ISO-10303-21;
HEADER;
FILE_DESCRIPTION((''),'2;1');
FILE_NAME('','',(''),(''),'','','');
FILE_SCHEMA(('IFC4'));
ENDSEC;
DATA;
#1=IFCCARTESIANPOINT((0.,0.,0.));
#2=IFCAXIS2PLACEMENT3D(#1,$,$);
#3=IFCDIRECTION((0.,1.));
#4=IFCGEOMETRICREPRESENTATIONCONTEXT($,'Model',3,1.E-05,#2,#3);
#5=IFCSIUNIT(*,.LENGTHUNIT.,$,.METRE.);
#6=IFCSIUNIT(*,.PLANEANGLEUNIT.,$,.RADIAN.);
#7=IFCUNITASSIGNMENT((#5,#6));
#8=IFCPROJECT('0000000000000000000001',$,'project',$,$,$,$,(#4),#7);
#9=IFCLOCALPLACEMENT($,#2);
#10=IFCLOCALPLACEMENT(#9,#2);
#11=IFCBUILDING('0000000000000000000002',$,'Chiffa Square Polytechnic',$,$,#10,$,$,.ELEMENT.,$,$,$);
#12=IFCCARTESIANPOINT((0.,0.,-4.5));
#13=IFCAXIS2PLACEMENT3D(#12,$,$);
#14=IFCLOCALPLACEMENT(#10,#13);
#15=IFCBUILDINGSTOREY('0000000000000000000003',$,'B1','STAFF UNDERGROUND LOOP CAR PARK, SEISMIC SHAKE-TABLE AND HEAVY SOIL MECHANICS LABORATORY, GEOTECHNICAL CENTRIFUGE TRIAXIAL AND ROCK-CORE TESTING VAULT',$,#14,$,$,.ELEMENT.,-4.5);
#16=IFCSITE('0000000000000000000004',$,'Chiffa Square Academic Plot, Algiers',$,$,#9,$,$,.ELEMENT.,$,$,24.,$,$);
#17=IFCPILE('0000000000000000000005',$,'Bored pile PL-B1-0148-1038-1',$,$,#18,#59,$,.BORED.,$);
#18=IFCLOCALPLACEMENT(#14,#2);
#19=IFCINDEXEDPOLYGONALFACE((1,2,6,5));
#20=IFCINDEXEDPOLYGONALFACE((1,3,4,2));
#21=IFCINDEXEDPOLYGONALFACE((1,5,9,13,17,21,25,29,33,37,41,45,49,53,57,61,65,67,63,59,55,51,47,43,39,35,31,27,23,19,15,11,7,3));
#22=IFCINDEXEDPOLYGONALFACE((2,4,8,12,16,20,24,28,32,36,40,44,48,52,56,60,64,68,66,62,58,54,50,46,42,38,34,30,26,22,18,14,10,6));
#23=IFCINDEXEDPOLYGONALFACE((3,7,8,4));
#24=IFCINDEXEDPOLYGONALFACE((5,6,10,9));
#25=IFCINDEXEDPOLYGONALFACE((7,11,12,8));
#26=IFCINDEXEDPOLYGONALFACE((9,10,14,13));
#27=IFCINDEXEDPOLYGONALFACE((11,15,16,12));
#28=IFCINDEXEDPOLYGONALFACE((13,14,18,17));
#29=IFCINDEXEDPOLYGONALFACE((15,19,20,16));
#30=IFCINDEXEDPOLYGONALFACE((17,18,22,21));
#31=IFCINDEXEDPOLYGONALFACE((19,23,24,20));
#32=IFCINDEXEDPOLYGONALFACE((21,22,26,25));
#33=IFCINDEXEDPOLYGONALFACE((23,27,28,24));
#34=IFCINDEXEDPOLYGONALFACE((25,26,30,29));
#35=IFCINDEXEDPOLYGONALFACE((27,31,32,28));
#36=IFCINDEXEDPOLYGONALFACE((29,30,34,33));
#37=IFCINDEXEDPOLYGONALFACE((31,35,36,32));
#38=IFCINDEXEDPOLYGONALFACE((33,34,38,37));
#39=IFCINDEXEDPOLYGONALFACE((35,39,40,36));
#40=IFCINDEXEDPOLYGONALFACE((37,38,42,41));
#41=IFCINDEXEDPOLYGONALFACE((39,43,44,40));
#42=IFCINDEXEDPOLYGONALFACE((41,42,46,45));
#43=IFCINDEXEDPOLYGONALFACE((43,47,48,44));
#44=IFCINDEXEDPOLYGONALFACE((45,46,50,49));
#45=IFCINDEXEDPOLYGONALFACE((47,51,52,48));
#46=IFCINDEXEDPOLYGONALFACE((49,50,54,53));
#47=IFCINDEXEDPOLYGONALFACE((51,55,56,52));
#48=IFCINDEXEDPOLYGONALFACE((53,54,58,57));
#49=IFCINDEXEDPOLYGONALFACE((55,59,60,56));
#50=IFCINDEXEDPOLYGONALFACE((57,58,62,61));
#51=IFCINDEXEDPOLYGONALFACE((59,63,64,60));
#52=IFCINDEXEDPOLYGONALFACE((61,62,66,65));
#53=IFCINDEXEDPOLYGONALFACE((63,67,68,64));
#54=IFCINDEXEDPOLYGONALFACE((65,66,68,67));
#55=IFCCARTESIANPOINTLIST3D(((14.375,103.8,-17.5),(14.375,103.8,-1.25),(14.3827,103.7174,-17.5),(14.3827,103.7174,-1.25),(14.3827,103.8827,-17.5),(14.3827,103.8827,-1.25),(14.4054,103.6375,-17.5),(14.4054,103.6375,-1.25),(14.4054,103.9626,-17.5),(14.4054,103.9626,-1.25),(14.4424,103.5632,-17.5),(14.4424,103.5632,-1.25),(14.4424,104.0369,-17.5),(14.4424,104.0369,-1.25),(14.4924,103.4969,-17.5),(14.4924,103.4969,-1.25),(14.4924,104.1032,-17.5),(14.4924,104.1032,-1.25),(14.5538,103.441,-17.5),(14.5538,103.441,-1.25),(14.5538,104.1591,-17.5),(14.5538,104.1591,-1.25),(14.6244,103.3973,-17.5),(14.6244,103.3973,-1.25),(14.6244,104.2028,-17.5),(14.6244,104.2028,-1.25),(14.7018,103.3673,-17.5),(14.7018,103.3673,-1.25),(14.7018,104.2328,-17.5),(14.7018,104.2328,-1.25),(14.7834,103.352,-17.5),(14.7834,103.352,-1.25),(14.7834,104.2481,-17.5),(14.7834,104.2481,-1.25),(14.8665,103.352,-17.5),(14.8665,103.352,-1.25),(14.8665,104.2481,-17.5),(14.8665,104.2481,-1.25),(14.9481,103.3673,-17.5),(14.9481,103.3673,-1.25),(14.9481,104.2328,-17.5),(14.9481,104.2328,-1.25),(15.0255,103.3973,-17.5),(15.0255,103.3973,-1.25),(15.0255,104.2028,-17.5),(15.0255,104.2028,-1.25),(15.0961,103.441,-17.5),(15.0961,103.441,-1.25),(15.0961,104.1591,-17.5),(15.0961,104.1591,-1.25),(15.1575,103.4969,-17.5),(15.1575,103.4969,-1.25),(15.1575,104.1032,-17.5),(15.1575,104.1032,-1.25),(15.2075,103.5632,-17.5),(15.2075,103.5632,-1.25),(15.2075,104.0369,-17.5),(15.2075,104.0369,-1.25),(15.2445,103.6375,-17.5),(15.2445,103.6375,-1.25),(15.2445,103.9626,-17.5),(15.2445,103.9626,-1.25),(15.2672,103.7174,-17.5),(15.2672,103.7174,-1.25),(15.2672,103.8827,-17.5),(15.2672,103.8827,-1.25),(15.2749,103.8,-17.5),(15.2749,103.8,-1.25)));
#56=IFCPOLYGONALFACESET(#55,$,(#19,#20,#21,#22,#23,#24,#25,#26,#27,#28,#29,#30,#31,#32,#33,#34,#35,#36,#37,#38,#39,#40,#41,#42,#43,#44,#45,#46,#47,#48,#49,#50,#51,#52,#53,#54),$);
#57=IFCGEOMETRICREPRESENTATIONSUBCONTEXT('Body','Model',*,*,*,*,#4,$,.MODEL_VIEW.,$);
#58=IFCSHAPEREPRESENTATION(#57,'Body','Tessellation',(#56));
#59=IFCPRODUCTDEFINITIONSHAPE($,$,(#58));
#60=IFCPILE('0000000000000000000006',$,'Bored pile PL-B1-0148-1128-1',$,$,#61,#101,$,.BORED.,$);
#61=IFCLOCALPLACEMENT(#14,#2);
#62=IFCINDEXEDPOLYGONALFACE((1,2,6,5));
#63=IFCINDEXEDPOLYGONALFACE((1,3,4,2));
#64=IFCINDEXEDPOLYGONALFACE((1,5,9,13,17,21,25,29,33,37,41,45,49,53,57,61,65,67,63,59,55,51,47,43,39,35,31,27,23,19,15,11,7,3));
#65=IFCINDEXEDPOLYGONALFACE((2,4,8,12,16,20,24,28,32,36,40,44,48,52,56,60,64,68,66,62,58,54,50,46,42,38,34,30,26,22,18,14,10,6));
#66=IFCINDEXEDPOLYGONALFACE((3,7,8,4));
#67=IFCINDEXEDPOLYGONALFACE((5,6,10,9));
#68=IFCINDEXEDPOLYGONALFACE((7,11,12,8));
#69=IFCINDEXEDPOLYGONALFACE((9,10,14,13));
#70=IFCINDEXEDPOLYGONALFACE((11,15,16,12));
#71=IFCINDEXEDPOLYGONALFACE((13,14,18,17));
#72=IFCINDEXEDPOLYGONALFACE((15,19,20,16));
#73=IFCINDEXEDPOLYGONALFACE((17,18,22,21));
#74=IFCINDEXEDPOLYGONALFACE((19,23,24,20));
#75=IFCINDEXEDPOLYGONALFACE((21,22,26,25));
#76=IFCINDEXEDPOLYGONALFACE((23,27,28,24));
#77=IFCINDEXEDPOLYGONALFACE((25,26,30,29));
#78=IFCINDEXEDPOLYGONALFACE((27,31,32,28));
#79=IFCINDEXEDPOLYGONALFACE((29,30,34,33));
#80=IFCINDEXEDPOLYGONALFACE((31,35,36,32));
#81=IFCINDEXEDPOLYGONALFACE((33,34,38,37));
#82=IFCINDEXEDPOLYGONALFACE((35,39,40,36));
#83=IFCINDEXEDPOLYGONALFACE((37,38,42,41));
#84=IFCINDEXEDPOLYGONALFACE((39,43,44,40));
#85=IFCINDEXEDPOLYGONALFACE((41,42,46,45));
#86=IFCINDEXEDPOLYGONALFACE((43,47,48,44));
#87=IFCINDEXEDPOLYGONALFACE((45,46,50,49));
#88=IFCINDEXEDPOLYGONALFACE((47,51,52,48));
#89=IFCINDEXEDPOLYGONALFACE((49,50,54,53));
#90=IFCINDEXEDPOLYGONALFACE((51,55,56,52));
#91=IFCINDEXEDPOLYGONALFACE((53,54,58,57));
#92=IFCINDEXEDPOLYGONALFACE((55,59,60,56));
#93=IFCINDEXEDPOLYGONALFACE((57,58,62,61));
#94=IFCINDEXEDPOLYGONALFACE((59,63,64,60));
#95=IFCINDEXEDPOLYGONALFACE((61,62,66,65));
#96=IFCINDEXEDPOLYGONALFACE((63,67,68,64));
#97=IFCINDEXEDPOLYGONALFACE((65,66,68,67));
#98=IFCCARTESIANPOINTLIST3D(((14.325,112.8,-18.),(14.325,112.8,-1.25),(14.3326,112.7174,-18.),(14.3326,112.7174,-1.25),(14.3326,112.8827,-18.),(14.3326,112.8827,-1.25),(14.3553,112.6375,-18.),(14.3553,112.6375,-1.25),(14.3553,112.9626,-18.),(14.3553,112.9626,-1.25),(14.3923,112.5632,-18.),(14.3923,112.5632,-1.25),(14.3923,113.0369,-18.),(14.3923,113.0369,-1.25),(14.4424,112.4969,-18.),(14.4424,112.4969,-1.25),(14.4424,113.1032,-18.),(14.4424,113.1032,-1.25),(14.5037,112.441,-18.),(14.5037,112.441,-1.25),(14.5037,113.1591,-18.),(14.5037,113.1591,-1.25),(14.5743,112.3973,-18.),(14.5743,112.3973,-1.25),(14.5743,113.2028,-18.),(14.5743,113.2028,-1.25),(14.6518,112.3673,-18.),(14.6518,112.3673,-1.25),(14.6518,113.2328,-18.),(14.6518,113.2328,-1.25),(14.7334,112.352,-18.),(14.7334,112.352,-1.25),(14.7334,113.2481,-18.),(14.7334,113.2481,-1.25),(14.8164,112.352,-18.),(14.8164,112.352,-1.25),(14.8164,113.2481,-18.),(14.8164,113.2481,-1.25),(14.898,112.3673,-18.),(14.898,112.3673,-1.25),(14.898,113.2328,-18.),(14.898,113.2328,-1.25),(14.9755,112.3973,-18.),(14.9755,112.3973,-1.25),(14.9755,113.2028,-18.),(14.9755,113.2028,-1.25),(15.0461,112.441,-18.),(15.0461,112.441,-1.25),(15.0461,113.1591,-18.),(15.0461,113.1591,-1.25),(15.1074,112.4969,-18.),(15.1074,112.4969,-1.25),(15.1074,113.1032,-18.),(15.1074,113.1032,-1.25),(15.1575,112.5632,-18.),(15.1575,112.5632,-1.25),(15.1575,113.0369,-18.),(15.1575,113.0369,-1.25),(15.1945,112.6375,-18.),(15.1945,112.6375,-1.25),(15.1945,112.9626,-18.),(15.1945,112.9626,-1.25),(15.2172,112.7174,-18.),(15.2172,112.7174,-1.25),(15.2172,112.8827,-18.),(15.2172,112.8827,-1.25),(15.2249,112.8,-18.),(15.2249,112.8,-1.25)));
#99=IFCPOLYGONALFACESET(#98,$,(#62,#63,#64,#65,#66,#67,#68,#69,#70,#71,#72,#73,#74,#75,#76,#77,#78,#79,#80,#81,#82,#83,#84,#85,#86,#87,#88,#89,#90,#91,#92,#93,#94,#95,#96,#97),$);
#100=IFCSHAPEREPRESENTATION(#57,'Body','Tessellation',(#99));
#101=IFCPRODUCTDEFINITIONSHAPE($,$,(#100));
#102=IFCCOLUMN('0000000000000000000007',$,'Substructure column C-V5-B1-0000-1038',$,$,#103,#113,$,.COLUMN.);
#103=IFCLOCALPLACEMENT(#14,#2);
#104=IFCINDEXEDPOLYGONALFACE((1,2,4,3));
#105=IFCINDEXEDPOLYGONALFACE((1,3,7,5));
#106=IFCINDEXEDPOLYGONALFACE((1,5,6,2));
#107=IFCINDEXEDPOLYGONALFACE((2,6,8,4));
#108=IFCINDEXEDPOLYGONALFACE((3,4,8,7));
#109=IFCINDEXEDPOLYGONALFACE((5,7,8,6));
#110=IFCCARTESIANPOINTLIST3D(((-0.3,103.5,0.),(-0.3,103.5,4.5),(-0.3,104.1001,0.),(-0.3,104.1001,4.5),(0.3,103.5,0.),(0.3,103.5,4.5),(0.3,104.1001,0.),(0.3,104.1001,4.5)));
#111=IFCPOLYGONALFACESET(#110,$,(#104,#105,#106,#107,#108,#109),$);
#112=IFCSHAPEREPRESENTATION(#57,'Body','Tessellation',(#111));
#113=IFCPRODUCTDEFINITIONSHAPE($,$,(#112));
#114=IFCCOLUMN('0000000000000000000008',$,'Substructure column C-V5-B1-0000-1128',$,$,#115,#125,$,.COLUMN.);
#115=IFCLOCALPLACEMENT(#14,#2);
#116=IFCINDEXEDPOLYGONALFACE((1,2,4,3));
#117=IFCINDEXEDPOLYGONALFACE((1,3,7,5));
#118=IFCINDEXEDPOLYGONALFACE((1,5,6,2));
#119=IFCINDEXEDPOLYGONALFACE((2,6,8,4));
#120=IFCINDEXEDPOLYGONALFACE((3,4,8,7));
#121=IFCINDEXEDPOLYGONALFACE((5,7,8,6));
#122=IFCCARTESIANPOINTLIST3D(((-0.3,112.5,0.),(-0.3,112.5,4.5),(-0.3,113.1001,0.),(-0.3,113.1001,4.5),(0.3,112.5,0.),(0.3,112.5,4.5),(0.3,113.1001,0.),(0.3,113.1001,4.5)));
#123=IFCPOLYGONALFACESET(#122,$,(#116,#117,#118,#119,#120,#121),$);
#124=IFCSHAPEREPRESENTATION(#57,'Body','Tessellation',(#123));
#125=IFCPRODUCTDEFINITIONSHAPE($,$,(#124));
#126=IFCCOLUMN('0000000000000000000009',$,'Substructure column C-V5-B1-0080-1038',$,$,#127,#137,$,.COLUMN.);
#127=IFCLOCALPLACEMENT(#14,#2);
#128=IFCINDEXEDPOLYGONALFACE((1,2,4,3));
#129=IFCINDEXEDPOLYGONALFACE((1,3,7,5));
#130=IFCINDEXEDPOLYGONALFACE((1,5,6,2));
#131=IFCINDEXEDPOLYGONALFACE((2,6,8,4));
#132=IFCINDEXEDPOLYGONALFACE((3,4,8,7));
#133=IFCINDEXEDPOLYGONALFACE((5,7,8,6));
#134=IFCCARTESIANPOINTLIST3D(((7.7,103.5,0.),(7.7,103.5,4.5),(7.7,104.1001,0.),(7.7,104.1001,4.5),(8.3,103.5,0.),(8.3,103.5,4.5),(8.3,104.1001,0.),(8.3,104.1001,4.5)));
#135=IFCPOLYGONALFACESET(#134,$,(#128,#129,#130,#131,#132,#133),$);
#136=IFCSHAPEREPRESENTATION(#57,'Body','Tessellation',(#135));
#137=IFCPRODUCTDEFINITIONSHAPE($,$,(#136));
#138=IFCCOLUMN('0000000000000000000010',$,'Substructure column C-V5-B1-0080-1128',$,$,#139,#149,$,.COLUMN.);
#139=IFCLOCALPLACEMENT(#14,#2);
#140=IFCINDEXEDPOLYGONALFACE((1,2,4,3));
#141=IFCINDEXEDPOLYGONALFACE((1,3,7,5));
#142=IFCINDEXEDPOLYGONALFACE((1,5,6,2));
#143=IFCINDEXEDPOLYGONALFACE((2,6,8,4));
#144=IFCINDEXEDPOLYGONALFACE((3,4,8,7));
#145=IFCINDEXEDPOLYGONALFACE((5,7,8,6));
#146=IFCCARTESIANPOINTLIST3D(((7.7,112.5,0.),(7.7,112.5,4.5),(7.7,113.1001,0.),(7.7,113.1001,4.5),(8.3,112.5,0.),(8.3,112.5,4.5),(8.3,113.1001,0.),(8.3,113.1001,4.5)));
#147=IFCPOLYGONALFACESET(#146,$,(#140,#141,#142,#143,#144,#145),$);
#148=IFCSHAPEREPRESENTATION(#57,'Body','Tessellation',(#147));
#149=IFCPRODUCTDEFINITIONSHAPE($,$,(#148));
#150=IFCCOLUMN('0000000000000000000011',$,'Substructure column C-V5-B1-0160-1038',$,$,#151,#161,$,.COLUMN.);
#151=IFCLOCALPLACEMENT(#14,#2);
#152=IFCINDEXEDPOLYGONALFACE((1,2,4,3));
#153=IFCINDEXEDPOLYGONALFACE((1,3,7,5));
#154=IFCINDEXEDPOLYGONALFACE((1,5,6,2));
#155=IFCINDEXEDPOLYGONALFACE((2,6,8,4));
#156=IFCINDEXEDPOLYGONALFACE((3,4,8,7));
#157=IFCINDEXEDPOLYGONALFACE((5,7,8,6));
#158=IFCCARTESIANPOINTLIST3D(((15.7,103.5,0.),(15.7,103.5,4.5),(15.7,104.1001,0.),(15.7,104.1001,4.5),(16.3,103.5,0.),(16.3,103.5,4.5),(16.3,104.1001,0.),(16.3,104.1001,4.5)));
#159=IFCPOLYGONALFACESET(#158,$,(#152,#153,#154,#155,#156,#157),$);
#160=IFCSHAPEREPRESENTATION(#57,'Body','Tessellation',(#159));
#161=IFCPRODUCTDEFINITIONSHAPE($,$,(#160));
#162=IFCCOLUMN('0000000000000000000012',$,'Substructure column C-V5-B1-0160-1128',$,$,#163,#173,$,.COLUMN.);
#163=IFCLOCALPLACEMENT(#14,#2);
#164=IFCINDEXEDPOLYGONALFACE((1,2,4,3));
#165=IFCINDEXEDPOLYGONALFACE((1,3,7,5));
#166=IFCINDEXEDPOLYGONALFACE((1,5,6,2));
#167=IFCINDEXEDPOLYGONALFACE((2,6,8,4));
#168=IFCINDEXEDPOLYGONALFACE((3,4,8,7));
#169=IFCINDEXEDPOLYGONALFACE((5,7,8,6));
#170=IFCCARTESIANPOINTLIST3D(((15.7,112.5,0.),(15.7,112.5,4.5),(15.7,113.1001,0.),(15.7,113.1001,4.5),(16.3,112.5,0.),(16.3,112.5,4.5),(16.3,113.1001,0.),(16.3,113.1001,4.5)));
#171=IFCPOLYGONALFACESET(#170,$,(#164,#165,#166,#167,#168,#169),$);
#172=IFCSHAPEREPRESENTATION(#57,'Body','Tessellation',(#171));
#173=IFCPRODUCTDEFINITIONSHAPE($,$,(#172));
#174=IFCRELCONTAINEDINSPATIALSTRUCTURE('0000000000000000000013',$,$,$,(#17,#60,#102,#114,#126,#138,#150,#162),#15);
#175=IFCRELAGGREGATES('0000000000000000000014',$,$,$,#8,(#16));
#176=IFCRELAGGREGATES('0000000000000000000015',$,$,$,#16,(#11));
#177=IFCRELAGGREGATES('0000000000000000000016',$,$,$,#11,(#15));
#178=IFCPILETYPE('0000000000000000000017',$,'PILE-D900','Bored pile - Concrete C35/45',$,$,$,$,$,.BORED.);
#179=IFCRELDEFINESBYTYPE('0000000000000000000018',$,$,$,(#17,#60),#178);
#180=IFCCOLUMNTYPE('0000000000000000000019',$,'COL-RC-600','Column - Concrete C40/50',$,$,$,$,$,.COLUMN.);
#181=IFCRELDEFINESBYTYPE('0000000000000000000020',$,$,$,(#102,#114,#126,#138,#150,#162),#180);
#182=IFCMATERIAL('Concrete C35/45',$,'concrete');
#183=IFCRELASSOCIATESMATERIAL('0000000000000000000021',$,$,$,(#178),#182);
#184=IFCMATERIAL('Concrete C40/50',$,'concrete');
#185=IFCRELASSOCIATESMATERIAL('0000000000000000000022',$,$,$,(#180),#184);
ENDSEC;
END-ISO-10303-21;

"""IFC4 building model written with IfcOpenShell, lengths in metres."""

from ifc_helpers import new_model, si_unit, direction, frame, origin, origin_2d, place, context, subcontext, project, spatial, rectangle, circle, extrude, material, material_profile, profile_set, type_object, element, save


model = new_model("IFC4")

# Units and contexts
model_context = context("Model", 3, precision=1e-05, world=origin(), true_north=direction((0.0, 1.0)))
body_context = subcontext(model_context, "Body", "Model", "MODEL_VIEW")
ifc_project = project(units=[si_unit("LENGTHUNIT", "METRE"), si_unit("PLANEANGLEUNIT", "RADIAN")], contexts=[model_context])

# Site, building, storey
site_placement = place(None, origin())
site = spatial("IfcSite", under=ifc_project, at=site_placement, Name="Chiffa Square Academic Plot, Algiers", CompositionType="ELEMENT", RefElevation=24.0)
building_placement = place(site_placement, origin())
building = spatial("IfcBuilding", under=site, at=building_placement, Name="Chiffa Square Polytechnic", CompositionType="ELEMENT")
storey_placement = place(building_placement, frame((0.0, 0.0, -4.5)))
storey = spatial("IfcBuildingStorey", under=building, at=storey_placement, Name="B1", Description="STAFF UNDERGROUND LOOP CAR PARK, SEISMIC SHAKE-TABLE AND HEAVY SOIL MECHANICS LABORATORY, GEOTECHNICAL CENTRIFUGE TRIAXIAL AND ROCK-CORE TESTING VAULT", CompositionType="ELEMENT", Elevation=-4.5)

# Shared definitions
ifc_material_1 = material(Name="Concrete C35/45", Category="concrete")

# Piles
ifc_material_profile_1 = material_profile(ifc_material_1, circle(Radius=0.45, at=origin_2d()), Name="PILE D900")
ifc_profile_set_1 = profile_set([ifc_material_profile_1], Name="Concrete C35/45")
pile_type_1 = type_object("IfcPileType", Name="PILE-D900", Description="Bored pile - Concrete C35/45", PredefinedType="BORED", material=ifc_profile_set_1)
pile_1_placement = place(storey_placement, frame((14.825, 103.8, -1.25), z_axis=(0.0, 0.0, -1.0), x_axis=(1.0, 0.0, 0.0)))
element("IfcPile", 1, at=pile_1_placement, inside=storey, type_object=pile_type_1, Name="Bored pile PL-B1-0148-1038-1", PredefinedType="BORED", context=body_context, shape_type="SweptSolid", body=[
    extrude(circle(Radius=0.45, at=origin_2d()), origin(), (0.0, 0.0, 1.0), 16.25),
])
pile_2_placement = place(storey_placement, frame((14.7749, 112.8, -1.25), z_axis=(0.0, 0.0, -1.0), x_axis=(1.0, 0.0, 0.0)))
element("IfcPile", 2, at=pile_2_placement, inside=storey, type_object=pile_type_1, Name="Bored pile PL-B1-0148-1128-1", PredefinedType="BORED", context=body_context, shape_type="SweptSolid", body=[
    extrude(circle(Radius=0.45, at=origin_2d()), origin(), (0.0, 0.0, 1.0), 16.75),
])

# Columns
ifc_material_2 = material(Name="Concrete C40/50", Category="concrete")
ifc_material_profile_2 = material_profile(ifc_material_2, rectangle(XDim=0.6001, YDim=0.6001, at=origin_2d()), Name="RC 600x600")
ifc_profile_set_2 = profile_set([ifc_material_profile_2], Name="Concrete C40/50")
column_type = type_object("IfcColumnType", Name="COL-RC-600", Description="Column - Concrete C40/50", PredefinedType="COLUMN", material=ifc_profile_set_2)
for number, where, z_axis, x_axis, name in (
    (3, (0.0, 103.8, 0.0), (0.0, 0.0, 1.0), (1.0, 0.0, 0.0), "Substructure column C-V5-B1-0000-1038"),
    (4, (0.0, 112.8, 0.0), (0.0, 0.0, 1.0), (1.0, 0.0, 0.0), "Substructure column C-V5-B1-0000-1128"),
    (5, (8.0, 103.8, 0.0), (0.0, 0.0, 1.0), (1.0, 0.0, 0.0), "Substructure column C-V5-B1-0080-1038"),
    (6, (8.0, 112.8, 0.0), (0.0, 0.0, 1.0), (1.0, 0.0, 0.0), "Substructure column C-V5-B1-0080-1128"),
    (7, (16.0, 103.8, 0.0), (0.0, 0.0, 1.0), (1.0, 0.0, 0.0), "Substructure column C-V5-B1-0160-1038"),
    (8, (16.0, 112.8, 0.0), (0.0, 0.0, 1.0), (1.0, 0.0, 0.0), "Substructure column C-V5-B1-0160-1128"),
):
    element("IfcColumn", number, at=place(storey_placement, frame(where, z_axis=z_axis, x_axis=x_axis)), inside=storey, type_object=column_type, Name=name, PredefinedType="COLUMN", context=body_context, shape_type="SweptSolid", body=[
        extrude(rectangle(XDim=0.6001, YDim=0.6001, at=origin_2d()), origin(), (0.0, 0.0, 1.0), 4.5),
    ])

save(model, "model.ifc")
